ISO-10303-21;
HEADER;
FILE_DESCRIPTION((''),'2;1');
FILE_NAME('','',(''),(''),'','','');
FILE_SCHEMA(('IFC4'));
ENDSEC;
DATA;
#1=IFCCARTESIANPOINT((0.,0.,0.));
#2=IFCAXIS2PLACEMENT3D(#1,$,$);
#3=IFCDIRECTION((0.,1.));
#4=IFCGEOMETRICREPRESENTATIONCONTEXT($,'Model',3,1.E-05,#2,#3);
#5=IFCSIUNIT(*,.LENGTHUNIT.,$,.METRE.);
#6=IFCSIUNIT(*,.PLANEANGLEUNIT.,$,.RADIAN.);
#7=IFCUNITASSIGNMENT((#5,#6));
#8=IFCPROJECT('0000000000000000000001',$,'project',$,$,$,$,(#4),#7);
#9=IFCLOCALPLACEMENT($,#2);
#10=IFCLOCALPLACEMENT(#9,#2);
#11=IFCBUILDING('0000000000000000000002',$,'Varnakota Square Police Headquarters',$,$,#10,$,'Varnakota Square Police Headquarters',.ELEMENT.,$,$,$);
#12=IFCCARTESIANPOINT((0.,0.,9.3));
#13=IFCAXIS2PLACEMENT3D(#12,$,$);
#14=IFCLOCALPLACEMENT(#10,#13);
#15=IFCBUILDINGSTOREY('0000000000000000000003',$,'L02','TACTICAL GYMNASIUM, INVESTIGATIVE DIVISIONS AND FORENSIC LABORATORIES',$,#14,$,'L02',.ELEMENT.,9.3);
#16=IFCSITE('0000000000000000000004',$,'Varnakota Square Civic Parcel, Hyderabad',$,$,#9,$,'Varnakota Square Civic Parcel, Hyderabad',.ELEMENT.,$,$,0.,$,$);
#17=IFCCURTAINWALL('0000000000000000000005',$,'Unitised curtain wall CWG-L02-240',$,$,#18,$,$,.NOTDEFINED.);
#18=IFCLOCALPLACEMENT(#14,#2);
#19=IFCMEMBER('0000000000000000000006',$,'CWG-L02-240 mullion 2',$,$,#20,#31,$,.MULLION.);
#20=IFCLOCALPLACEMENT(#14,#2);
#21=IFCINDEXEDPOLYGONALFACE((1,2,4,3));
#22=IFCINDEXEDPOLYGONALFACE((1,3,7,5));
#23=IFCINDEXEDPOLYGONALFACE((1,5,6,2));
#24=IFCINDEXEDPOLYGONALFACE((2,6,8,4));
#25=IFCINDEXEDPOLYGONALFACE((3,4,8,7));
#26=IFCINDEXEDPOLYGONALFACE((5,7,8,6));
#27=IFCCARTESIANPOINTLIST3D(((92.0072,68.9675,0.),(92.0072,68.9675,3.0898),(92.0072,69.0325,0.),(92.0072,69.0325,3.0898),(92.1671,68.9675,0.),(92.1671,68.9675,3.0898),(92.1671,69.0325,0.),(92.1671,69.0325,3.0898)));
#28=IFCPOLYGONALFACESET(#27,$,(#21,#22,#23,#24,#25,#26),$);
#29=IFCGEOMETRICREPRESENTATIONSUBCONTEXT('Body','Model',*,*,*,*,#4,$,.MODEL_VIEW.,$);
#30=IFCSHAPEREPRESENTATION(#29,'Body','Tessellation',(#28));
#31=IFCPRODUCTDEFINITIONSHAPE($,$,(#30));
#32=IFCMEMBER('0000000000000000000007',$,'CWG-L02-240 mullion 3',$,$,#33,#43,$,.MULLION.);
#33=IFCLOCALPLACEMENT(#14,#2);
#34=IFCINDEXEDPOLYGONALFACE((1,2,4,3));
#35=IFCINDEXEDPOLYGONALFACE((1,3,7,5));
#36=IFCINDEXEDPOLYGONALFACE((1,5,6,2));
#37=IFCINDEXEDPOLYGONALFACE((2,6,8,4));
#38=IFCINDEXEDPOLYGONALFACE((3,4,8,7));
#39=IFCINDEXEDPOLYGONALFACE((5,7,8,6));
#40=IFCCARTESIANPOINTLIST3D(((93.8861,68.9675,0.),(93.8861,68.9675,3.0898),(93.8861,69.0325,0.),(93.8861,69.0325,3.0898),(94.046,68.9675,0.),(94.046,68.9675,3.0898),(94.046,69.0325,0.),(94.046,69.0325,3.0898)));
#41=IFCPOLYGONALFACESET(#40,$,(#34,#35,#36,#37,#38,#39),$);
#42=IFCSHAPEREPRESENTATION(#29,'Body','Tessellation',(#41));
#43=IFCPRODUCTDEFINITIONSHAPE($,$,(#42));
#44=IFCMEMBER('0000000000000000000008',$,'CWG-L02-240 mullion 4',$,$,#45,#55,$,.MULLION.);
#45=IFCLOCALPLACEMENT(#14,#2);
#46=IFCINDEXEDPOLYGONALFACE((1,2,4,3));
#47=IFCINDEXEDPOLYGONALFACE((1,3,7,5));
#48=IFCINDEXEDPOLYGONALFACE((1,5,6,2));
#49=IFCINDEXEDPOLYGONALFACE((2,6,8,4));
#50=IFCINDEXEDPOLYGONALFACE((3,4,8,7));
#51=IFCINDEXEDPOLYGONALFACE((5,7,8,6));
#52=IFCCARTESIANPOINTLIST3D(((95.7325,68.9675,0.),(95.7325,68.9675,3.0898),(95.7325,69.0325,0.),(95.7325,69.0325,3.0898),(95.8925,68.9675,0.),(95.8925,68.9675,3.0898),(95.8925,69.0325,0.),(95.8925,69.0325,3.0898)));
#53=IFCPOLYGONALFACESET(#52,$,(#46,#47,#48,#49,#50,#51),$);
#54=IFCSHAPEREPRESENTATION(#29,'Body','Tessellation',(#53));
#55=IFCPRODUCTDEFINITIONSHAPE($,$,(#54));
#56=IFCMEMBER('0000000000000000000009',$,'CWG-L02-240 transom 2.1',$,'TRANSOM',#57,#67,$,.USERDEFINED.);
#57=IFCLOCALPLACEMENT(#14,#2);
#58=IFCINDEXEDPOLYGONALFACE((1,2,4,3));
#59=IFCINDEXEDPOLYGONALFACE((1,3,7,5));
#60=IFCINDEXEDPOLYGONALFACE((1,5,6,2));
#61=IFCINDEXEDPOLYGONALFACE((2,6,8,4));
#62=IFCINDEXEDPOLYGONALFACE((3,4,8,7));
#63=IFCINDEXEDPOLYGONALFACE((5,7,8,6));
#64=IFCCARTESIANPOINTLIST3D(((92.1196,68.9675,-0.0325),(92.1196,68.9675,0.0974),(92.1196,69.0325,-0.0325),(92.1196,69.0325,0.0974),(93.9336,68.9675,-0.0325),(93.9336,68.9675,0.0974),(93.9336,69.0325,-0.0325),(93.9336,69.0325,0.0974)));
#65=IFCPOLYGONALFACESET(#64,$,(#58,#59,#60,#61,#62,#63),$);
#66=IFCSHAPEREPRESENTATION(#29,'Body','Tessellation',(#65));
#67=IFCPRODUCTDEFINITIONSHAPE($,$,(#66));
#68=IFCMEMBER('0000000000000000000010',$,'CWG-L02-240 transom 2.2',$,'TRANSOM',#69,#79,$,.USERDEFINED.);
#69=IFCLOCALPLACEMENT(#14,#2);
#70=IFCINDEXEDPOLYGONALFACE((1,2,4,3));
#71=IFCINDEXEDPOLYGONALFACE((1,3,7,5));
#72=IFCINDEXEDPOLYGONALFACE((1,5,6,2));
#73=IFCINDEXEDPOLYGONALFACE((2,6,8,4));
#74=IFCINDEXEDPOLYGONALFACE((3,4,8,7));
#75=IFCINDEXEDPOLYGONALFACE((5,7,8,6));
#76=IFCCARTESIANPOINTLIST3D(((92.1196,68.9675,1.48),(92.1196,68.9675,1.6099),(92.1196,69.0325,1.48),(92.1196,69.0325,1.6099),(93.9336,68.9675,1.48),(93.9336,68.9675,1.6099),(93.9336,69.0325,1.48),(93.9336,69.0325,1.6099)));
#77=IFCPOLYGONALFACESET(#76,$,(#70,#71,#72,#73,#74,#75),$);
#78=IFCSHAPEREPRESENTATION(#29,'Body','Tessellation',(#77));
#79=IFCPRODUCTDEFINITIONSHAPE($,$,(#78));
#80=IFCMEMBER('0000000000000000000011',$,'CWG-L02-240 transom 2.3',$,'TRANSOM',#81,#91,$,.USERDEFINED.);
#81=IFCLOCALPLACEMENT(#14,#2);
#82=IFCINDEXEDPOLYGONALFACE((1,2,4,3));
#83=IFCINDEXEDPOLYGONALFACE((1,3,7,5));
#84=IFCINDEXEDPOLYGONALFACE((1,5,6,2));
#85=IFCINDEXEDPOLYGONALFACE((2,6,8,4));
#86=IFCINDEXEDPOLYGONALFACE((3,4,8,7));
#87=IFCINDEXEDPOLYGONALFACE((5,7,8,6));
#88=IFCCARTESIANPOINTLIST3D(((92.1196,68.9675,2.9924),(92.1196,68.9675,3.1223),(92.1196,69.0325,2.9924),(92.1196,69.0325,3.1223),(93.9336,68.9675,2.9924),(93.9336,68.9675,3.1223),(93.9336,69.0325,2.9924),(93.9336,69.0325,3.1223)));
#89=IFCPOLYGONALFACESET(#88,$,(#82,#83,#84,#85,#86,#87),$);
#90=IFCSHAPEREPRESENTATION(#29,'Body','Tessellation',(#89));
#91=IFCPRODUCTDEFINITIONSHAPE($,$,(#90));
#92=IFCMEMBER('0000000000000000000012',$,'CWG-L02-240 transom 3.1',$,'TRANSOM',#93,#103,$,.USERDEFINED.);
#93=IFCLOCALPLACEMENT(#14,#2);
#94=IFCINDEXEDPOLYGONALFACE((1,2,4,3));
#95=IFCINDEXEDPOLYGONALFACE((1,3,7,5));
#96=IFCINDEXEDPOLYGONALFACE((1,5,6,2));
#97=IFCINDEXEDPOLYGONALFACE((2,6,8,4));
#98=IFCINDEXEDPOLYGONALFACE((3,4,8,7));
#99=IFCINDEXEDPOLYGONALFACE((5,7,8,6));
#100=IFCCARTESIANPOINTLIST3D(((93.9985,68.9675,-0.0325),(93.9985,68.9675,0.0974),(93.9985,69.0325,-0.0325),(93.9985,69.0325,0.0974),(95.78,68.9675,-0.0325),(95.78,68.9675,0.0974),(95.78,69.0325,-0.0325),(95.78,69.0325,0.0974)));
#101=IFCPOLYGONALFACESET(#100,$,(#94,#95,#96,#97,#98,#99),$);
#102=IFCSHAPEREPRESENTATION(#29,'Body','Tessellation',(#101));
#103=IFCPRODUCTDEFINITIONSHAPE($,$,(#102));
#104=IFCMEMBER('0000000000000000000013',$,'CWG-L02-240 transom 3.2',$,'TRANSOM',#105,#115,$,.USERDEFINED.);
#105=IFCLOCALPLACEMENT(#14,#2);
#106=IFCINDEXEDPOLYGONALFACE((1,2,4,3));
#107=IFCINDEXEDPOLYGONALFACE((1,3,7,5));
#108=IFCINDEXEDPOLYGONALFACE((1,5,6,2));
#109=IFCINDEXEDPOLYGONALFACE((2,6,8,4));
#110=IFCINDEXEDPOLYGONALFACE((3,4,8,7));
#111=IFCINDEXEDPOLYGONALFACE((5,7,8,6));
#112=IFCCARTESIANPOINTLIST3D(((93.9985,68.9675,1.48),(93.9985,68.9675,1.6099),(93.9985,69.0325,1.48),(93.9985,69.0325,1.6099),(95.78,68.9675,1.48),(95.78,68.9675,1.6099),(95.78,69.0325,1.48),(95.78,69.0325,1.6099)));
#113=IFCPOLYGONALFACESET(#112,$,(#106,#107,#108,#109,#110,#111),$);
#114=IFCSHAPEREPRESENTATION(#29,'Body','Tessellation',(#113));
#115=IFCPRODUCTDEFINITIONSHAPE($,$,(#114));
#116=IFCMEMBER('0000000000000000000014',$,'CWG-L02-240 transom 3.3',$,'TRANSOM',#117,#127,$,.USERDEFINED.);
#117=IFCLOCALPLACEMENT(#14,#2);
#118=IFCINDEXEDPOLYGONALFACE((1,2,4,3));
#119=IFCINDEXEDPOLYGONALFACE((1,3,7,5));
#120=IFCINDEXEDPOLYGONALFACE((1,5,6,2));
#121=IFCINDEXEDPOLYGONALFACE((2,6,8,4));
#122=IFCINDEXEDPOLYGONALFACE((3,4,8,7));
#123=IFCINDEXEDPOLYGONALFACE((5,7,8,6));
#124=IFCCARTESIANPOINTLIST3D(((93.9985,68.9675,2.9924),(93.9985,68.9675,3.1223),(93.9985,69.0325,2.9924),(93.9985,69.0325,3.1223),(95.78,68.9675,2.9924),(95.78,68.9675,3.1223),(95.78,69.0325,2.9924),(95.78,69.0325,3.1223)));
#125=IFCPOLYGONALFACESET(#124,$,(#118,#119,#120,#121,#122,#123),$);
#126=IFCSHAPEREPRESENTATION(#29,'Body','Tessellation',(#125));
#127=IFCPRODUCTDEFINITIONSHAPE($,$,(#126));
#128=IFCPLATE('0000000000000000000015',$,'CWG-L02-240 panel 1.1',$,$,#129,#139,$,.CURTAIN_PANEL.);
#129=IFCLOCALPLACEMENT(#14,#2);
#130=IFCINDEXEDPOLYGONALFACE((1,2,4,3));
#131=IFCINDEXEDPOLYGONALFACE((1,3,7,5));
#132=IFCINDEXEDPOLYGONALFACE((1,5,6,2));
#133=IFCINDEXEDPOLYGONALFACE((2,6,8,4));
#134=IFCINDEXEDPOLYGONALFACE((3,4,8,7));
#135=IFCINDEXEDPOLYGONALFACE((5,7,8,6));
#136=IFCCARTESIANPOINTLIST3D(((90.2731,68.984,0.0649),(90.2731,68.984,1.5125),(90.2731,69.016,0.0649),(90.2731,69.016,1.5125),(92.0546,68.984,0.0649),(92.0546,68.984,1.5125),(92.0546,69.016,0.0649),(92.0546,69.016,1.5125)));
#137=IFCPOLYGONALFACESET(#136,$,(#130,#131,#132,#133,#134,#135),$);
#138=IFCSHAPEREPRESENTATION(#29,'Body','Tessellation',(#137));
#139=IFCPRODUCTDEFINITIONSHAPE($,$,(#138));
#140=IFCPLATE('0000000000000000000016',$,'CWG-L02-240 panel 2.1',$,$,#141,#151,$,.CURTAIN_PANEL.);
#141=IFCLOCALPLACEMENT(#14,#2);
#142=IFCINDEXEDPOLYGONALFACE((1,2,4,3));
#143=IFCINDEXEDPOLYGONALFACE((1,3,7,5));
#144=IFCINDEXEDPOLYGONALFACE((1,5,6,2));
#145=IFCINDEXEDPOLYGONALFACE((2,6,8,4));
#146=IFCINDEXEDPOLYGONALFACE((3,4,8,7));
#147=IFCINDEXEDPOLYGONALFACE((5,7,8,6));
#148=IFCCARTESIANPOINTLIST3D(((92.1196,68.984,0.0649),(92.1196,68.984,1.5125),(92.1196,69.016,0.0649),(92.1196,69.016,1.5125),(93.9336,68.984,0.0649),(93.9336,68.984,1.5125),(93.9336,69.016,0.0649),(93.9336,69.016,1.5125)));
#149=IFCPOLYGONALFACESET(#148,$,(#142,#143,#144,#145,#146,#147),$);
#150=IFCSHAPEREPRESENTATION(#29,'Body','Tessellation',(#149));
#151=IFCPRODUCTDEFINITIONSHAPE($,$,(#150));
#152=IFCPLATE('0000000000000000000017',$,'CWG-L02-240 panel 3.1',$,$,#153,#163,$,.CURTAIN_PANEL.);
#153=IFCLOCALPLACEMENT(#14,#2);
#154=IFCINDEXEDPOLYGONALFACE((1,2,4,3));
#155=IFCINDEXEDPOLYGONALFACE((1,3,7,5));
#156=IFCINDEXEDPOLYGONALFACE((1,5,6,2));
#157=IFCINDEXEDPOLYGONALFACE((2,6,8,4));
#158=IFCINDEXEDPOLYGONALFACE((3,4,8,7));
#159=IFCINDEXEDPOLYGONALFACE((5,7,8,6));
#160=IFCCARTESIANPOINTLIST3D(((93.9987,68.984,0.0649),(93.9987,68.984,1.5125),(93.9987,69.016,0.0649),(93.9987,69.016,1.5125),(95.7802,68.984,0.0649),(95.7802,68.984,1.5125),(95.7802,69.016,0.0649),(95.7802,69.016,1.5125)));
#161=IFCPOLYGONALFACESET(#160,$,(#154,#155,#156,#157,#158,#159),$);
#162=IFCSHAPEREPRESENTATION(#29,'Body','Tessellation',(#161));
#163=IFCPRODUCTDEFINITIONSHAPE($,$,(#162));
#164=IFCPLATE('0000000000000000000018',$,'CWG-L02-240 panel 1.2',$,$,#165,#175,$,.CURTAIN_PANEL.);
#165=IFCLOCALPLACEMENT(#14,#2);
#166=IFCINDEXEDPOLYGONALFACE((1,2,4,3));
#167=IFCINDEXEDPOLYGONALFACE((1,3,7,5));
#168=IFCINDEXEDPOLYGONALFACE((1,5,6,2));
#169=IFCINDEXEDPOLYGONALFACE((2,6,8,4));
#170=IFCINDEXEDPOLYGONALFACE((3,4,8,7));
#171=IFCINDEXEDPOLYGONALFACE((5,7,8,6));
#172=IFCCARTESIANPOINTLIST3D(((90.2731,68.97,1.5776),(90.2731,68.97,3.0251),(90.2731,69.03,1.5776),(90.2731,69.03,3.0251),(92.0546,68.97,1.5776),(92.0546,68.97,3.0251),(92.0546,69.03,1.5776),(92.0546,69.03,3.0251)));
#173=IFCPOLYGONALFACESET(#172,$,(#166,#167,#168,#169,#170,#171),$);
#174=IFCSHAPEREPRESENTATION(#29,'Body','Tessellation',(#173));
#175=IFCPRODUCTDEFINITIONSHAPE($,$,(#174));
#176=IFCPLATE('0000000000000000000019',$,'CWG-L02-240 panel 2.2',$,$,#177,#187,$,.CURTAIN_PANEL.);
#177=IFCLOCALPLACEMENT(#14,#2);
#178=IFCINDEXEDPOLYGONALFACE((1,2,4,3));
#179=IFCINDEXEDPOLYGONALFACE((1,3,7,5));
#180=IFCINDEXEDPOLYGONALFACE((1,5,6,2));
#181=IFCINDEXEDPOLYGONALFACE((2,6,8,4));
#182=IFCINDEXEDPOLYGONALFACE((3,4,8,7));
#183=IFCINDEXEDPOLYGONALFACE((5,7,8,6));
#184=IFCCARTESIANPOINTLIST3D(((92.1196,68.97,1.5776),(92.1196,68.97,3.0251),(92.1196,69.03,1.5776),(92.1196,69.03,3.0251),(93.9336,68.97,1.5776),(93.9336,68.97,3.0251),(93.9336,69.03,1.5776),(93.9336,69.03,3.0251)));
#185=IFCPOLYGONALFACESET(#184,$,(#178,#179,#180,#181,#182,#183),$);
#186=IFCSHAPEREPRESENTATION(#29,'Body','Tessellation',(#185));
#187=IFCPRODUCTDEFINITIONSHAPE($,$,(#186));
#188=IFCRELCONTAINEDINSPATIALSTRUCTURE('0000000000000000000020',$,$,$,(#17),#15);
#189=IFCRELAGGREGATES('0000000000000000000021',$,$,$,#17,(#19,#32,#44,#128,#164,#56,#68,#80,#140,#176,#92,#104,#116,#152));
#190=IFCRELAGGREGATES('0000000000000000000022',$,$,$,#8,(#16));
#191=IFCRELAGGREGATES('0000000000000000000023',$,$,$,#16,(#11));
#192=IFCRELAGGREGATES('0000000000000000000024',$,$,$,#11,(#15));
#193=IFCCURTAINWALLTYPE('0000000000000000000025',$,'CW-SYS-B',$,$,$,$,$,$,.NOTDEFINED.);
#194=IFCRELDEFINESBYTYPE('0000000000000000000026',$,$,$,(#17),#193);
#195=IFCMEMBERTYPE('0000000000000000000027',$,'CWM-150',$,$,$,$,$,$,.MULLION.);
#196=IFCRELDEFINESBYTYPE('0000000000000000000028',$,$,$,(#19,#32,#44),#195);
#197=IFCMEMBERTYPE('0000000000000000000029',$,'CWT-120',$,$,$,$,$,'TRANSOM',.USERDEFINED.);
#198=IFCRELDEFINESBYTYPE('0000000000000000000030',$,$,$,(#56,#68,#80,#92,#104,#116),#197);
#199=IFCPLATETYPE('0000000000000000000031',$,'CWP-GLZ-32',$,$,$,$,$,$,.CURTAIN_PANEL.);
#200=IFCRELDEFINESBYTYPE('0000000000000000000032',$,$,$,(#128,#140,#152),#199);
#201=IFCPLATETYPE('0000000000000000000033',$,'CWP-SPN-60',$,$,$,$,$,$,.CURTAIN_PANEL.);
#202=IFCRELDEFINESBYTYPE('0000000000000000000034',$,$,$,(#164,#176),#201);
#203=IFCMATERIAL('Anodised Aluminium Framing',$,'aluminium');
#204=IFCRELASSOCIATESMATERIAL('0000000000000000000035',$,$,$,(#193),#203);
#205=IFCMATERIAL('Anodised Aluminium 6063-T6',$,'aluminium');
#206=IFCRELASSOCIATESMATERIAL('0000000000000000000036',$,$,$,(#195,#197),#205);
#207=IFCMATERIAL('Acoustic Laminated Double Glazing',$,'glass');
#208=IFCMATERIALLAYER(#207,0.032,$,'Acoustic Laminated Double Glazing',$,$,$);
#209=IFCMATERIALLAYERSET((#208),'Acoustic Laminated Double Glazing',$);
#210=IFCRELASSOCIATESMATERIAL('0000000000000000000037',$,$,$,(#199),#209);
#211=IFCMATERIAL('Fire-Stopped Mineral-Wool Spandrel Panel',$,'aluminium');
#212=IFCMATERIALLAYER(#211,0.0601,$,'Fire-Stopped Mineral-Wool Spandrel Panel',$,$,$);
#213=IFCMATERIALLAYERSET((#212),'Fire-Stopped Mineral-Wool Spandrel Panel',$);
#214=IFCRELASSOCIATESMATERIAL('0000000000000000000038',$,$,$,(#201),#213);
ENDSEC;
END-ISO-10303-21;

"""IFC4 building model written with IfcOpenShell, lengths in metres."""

from ifc_helpers import new_model, si_unit, direction, frame, origin, origin_2d, place, context, subcontext, project, spatial, rectangle, extrude, material, layer, layer_set, material_profile, profile_set, type_object, element, aggregate, save


model = new_model("IFC4")

# Units and contexts
model_context = context("Model", 3, precision=1e-05, world=origin(), true_north=direction((0.0, 1.0)))
body_context = subcontext(model_context, "Body", "Model", "MODEL_VIEW")
ifc_project = project(units=[si_unit("LENGTHUNIT", "METRE"), si_unit("PLANEANGLEUNIT", "RADIAN")], contexts=[model_context])

# Site, building, storey
site_placement = place(None, origin())
site = spatial("IfcSite", under=ifc_project, at=site_placement, Name="Varnakota Square Civic Parcel, Hyderabad", LongName="Varnakota Square Civic Parcel, Hyderabad", CompositionType="ELEMENT", RefElevation=0.0)
building_placement = place(site_placement, origin())
building = spatial("IfcBuilding", under=site, at=building_placement, Name="Varnakota Square Police Headquarters", LongName="Varnakota Square Police Headquarters", CompositionType="ELEMENT")
storey_placement = place(building_placement, frame((0.0, 0.0, 9.3)))
storey = spatial("IfcBuildingStorey", under=building, at=storey_placement, Name="L02", Description="TACTICAL GYMNASIUM, INVESTIGATIVE DIVISIONS AND FORENSIC LABORATORIES", LongName="L02", CompositionType="ELEMENT", Elevation=9.3)

# Curtain wall, members, plates
ifc_material_1 = material(Name="Anodised Aluminium Framing", Category="aluminium")
curtain_wall_type = type_object("IfcCurtainWallType", Name="CW-SYS-B", PredefinedType="NOTDEFINED", material=ifc_material_1)
curtain_wall_placement = place(storey_placement, origin())
curtain_wall = element("IfcCurtainWall", 1, at=curtain_wall_placement, inside=storey, type_object=curtain_wall_type, Name="Unitised curtain wall CWG-L02-240", PredefinedType="NOTDEFINED")
ifc_material_2 = material(Name="Anodised Aluminium 6063-T6", Category="aluminium")
ifc_material_profile_1 = material_profile(ifc_material_2, rectangle(XDim=0.0649, YDim=0.1599, at=origin_2d()), Name="ALU MULLION 65x160")
ifc_profile_set_1 = profile_set([ifc_material_profile_1], Name="Anodised Aluminium 6063-T6")
member_type_1 = type_object("IfcMemberType", Name="CWM-150", PredefinedType="MULLION", material=ifc_profile_set_1)
member_1_placement = place(storey_placement, frame((92.0872, 69.0, 0.0), z_axis=(0.0, 0.0, 1.0), x_axis=(0.0, 1.0, 0.0)))
member_1 = element("IfcMember", 2, at=member_1_placement, type_object=member_type_1, Name="CWG-L02-240 mullion 2", PredefinedType="MULLION", context=body_context, shape_type="SweptSolid", body=[
    extrude(rectangle(XDim=0.0649, YDim=0.1599, at=origin_2d()), origin(), (0.0, 0.0, 1.0), 3.0898),
])
member_2_placement = place(storey_placement, frame((93.9661, 69.0, 0.0), z_axis=(0.0, 0.0, 1.0), x_axis=(0.0, 1.0, 0.0)))
member_2 = element("IfcMember", 3, at=member_2_placement, type_object=member_type_1, Name="CWG-L02-240 mullion 3", PredefinedType="MULLION", context=body_context, shape_type="SweptSolid", body=[
    extrude(rectangle(XDim=0.0649, YDim=0.1599, at=origin_2d()), origin(), (0.0, 0.0, 1.0), 3.0898),
])
member_3_placement = place(storey_placement, frame((95.8125, 69.0, 0.0), z_axis=(0.0, 0.0, 1.0), x_axis=(0.0, 1.0, 0.0)))
member_3 = element("IfcMember", 4, at=member_3_placement, type_object=member_type_1, Name="CWG-L02-240 mullion 4", PredefinedType="MULLION", context=body_context, shape_type="SweptSolid", body=[
    extrude(rectangle(XDim=0.0649, YDim=0.1599, at=origin_2d()), origin(), (0.0, 0.0, 1.0), 3.0898),
])
ifc_material_profile_2 = material_profile(ifc_material_2, rectangle(XDim=0.0649, YDim=0.1299, at=origin_2d()), Name="ALU TRANSOM 65x130")
ifc_profile_set_2 = profile_set([ifc_material_profile_2], Name="Anodised Aluminium 6063-T6")
member_type_2 = type_object("IfcMemberType", Name="CWT-120", ElementType="TRANSOM", PredefinedType="USERDEFINED", material=ifc_profile_set_2)
member_4_placement = place(storey_placement, frame((92.1196, 69.0, 0.0325), z_axis=(1.0, 0.0, 0.0), x_axis=(0.0, 1.0, 0.0)))
member_4 = element("IfcMember", 5, at=member_4_placement, type_object=member_type_2, Name="CWG-L02-240 transom 2.1", ObjectType="TRANSOM", PredefinedType="USERDEFINED", context=body_context, shape_type="SweptSolid", body=[
    extrude(rectangle(XDim=0.0649, YDim=0.1299, at=origin_2d()), origin(), (0.0, 0.0, 1.0), 1.814),
])
member_5_placement = place(storey_placement, frame((92.1196, 69.0, 1.5449), z_axis=(1.0, 0.0, 0.0), x_axis=(0.0, 1.0, 0.0)))
member_5 = element("IfcMember", 6, at=member_5_placement, type_object=member_type_2, Name="CWG-L02-240 transom 2.2", ObjectType="TRANSOM", PredefinedType="USERDEFINED", context=body_context, shape_type="SweptSolid", body=[
    extrude(rectangle(XDim=0.0649, YDim=0.1299, at=origin_2d()), origin(), (0.0, 0.0, 1.0), 1.814),
])
member_6_placement = place(storey_placement, frame((92.1196, 69.0, 3.0574), z_axis=(1.0, 0.0, 0.0), x_axis=(0.0, 1.0, 0.0)))
member_6 = element("IfcMember", 7, at=member_6_placement, type_object=member_type_2, Name="CWG-L02-240 transom 2.3", ObjectType="TRANSOM", PredefinedType="USERDEFINED", context=body_context, shape_type="SweptSolid", body=[
    extrude(rectangle(XDim=0.0649, YDim=0.1299, at=origin_2d()), origin(), (0.0, 0.0, 1.0), 1.814),
])
member_7_placement = place(storey_placement, frame((93.9985, 69.0, 0.0325), z_axis=(1.0, 0.0, 0.0), x_axis=(0.0, 1.0, 0.0)))
member_7 = element("IfcMember", 8, at=member_7_placement, type_object=member_type_2, Name="CWG-L02-240 transom 3.1", ObjectType="TRANSOM", PredefinedType="USERDEFINED", context=body_context, shape_type="SweptSolid", body=[
    extrude(rectangle(XDim=0.0649, YDim=0.1299, at=origin_2d()), origin(), (0.0, 0.0, 1.0), 1.7815),
])
member_8_placement = place(storey_placement, frame((93.9985, 69.0, 1.5449), z_axis=(1.0, 0.0, 0.0), x_axis=(0.0, 1.0, 0.0)))
member_8 = element("IfcMember", 9, at=member_8_placement, type_object=member_type_2, Name="CWG-L02-240 transom 3.2", ObjectType="TRANSOM", PredefinedType="USERDEFINED", context=body_context, shape_type="SweptSolid", body=[
    extrude(rectangle(XDim=0.0649, YDim=0.1299, at=origin_2d()), origin(), (0.0, 0.0, 1.0), 1.7815),
])
member_9_placement = place(storey_placement, frame((93.9985, 69.0, 3.0574), z_axis=(1.0, 0.0, 0.0), x_axis=(0.0, 1.0, 0.0)))
member_9 = element("IfcMember", 10, at=member_9_placement, type_object=member_type_2, Name="CWG-L02-240 transom 3.3", ObjectType="TRANSOM", PredefinedType="USERDEFINED", context=body_context, shape_type="SweptSolid", body=[
    extrude(rectangle(XDim=0.0649, YDim=0.1299, at=origin_2d()), origin(), (0.0, 0.0, 1.0), 1.7815),
])
ifc_material_3 = material(Name="Acoustic Laminated Double Glazing", Category="glass")
ifc_layer_1 = layer(ifc_material_3, 0.032, Name="Acoustic Laminated Double Glazing")
ifc_layer_set_1 = layer_set([ifc_layer_1], Name="Acoustic Laminated Double Glazing")
plate_type_1 = type_object("IfcPlateType", Name="CWP-GLZ-32", PredefinedType="CURTAIN_PANEL", material=ifc_layer_set_1)
plate_1_placement = place(storey_placement, frame((91.1638, 69.0, 0.0649), z_axis=(0.0, 0.0, 1.0), x_axis=(1.0, 0.0, 0.0)))
plate_1 = element("IfcPlate", 11, at=plate_1_placement, type_object=plate_type_1, Name="CWG-L02-240 panel 1.1", PredefinedType="CURTAIN_PANEL", context=body_context, shape_type="SweptSolid", body=[
    extrude(rectangle(XDim=1.7815, YDim=0.032, at=origin_2d()), origin(), (0.0, 0.0, 1.0), 1.4475),
])
plate_2_placement = place(storey_placement, frame((93.0266, 69.0, 0.0649), z_axis=(0.0, 0.0, 1.0), x_axis=(1.0, 0.0, 0.0)))
plate_2 = element("IfcPlate", 12, at=plate_2_placement, type_object=plate_type_1, Name="CWG-L02-240 panel 2.1", PredefinedType="CURTAIN_PANEL", context=body_context, shape_type="SweptSolid", body=[
    extrude(rectangle(XDim=1.814, YDim=0.032, at=origin_2d()), origin(), (0.0, 0.0, 1.0), 1.4475),
])
plate_3_placement = place(storey_placement, frame((94.8894, 69.0, 0.0649), z_axis=(0.0, 0.0, 1.0), x_axis=(1.0, 0.0, 0.0)))
plate_3 = element("IfcPlate", 13, at=plate_3_placement, type_object=plate_type_1, Name="CWG-L02-240 panel 3.1", PredefinedType="CURTAIN_PANEL", context=body_context, shape_type="SweptSolid", body=[
    extrude(rectangle(XDim=1.7815, YDim=0.032, at=origin_2d()), origin(), (0.0, 0.0, 1.0), 1.4475),
])
ifc_material_4 = material(Name="Fire-Stopped Mineral-Wool Spandrel Panel", Category="aluminium")
ifc_layer_2 = layer(ifc_material_4, 0.0601, Name="Fire-Stopped Mineral-Wool Spandrel Panel")
ifc_layer_set_2 = layer_set([ifc_layer_2], Name="Fire-Stopped Mineral-Wool Spandrel Panel")
plate_type_2 = type_object("IfcPlateType", Name="CWP-SPN-60", PredefinedType="CURTAIN_PANEL", material=ifc_layer_set_2)
plate_4_placement = place(storey_placement, frame((91.1638, 69.0, 1.5776), z_axis=(0.0, 0.0, 1.0), x_axis=(1.0, 0.0, 0.0)))
plate_4 = element("IfcPlate", 14, at=plate_4_placement, type_object=plate_type_2, Name="CWG-L02-240 panel 1.2", PredefinedType="CURTAIN_PANEL", context=body_context, shape_type="SweptSolid", body=[
    extrude(rectangle(XDim=1.7815, YDim=0.0601, at=origin_2d()), origin(), (0.0, 0.0, 1.0), 1.4475),
])
plate_5_placement = place(storey_placement, frame((93.0266, 69.0, 1.5776), z_axis=(0.0, 0.0, 1.0), x_axis=(1.0, 0.0, 0.0)))
plate_5 = element("IfcPlate", 15, at=plate_5_placement, type_object=plate_type_2, Name="CWG-L02-240 panel 2.2", PredefinedType="CURTAIN_PANEL", context=body_context, shape_type="SweptSolid", body=[
    extrude(rectangle(XDim=1.814, YDim=0.0601, at=origin_2d()), origin(), (0.0, 0.0, 1.0), 1.4475),
])
aggregate(curtain_wall, [member_1, member_2, member_3, plate_1, plate_4, member_4, member_5, member_6, plate_2, plate_5, member_7, member_8, member_9, plate_3])

save(model, "model.ifc")
